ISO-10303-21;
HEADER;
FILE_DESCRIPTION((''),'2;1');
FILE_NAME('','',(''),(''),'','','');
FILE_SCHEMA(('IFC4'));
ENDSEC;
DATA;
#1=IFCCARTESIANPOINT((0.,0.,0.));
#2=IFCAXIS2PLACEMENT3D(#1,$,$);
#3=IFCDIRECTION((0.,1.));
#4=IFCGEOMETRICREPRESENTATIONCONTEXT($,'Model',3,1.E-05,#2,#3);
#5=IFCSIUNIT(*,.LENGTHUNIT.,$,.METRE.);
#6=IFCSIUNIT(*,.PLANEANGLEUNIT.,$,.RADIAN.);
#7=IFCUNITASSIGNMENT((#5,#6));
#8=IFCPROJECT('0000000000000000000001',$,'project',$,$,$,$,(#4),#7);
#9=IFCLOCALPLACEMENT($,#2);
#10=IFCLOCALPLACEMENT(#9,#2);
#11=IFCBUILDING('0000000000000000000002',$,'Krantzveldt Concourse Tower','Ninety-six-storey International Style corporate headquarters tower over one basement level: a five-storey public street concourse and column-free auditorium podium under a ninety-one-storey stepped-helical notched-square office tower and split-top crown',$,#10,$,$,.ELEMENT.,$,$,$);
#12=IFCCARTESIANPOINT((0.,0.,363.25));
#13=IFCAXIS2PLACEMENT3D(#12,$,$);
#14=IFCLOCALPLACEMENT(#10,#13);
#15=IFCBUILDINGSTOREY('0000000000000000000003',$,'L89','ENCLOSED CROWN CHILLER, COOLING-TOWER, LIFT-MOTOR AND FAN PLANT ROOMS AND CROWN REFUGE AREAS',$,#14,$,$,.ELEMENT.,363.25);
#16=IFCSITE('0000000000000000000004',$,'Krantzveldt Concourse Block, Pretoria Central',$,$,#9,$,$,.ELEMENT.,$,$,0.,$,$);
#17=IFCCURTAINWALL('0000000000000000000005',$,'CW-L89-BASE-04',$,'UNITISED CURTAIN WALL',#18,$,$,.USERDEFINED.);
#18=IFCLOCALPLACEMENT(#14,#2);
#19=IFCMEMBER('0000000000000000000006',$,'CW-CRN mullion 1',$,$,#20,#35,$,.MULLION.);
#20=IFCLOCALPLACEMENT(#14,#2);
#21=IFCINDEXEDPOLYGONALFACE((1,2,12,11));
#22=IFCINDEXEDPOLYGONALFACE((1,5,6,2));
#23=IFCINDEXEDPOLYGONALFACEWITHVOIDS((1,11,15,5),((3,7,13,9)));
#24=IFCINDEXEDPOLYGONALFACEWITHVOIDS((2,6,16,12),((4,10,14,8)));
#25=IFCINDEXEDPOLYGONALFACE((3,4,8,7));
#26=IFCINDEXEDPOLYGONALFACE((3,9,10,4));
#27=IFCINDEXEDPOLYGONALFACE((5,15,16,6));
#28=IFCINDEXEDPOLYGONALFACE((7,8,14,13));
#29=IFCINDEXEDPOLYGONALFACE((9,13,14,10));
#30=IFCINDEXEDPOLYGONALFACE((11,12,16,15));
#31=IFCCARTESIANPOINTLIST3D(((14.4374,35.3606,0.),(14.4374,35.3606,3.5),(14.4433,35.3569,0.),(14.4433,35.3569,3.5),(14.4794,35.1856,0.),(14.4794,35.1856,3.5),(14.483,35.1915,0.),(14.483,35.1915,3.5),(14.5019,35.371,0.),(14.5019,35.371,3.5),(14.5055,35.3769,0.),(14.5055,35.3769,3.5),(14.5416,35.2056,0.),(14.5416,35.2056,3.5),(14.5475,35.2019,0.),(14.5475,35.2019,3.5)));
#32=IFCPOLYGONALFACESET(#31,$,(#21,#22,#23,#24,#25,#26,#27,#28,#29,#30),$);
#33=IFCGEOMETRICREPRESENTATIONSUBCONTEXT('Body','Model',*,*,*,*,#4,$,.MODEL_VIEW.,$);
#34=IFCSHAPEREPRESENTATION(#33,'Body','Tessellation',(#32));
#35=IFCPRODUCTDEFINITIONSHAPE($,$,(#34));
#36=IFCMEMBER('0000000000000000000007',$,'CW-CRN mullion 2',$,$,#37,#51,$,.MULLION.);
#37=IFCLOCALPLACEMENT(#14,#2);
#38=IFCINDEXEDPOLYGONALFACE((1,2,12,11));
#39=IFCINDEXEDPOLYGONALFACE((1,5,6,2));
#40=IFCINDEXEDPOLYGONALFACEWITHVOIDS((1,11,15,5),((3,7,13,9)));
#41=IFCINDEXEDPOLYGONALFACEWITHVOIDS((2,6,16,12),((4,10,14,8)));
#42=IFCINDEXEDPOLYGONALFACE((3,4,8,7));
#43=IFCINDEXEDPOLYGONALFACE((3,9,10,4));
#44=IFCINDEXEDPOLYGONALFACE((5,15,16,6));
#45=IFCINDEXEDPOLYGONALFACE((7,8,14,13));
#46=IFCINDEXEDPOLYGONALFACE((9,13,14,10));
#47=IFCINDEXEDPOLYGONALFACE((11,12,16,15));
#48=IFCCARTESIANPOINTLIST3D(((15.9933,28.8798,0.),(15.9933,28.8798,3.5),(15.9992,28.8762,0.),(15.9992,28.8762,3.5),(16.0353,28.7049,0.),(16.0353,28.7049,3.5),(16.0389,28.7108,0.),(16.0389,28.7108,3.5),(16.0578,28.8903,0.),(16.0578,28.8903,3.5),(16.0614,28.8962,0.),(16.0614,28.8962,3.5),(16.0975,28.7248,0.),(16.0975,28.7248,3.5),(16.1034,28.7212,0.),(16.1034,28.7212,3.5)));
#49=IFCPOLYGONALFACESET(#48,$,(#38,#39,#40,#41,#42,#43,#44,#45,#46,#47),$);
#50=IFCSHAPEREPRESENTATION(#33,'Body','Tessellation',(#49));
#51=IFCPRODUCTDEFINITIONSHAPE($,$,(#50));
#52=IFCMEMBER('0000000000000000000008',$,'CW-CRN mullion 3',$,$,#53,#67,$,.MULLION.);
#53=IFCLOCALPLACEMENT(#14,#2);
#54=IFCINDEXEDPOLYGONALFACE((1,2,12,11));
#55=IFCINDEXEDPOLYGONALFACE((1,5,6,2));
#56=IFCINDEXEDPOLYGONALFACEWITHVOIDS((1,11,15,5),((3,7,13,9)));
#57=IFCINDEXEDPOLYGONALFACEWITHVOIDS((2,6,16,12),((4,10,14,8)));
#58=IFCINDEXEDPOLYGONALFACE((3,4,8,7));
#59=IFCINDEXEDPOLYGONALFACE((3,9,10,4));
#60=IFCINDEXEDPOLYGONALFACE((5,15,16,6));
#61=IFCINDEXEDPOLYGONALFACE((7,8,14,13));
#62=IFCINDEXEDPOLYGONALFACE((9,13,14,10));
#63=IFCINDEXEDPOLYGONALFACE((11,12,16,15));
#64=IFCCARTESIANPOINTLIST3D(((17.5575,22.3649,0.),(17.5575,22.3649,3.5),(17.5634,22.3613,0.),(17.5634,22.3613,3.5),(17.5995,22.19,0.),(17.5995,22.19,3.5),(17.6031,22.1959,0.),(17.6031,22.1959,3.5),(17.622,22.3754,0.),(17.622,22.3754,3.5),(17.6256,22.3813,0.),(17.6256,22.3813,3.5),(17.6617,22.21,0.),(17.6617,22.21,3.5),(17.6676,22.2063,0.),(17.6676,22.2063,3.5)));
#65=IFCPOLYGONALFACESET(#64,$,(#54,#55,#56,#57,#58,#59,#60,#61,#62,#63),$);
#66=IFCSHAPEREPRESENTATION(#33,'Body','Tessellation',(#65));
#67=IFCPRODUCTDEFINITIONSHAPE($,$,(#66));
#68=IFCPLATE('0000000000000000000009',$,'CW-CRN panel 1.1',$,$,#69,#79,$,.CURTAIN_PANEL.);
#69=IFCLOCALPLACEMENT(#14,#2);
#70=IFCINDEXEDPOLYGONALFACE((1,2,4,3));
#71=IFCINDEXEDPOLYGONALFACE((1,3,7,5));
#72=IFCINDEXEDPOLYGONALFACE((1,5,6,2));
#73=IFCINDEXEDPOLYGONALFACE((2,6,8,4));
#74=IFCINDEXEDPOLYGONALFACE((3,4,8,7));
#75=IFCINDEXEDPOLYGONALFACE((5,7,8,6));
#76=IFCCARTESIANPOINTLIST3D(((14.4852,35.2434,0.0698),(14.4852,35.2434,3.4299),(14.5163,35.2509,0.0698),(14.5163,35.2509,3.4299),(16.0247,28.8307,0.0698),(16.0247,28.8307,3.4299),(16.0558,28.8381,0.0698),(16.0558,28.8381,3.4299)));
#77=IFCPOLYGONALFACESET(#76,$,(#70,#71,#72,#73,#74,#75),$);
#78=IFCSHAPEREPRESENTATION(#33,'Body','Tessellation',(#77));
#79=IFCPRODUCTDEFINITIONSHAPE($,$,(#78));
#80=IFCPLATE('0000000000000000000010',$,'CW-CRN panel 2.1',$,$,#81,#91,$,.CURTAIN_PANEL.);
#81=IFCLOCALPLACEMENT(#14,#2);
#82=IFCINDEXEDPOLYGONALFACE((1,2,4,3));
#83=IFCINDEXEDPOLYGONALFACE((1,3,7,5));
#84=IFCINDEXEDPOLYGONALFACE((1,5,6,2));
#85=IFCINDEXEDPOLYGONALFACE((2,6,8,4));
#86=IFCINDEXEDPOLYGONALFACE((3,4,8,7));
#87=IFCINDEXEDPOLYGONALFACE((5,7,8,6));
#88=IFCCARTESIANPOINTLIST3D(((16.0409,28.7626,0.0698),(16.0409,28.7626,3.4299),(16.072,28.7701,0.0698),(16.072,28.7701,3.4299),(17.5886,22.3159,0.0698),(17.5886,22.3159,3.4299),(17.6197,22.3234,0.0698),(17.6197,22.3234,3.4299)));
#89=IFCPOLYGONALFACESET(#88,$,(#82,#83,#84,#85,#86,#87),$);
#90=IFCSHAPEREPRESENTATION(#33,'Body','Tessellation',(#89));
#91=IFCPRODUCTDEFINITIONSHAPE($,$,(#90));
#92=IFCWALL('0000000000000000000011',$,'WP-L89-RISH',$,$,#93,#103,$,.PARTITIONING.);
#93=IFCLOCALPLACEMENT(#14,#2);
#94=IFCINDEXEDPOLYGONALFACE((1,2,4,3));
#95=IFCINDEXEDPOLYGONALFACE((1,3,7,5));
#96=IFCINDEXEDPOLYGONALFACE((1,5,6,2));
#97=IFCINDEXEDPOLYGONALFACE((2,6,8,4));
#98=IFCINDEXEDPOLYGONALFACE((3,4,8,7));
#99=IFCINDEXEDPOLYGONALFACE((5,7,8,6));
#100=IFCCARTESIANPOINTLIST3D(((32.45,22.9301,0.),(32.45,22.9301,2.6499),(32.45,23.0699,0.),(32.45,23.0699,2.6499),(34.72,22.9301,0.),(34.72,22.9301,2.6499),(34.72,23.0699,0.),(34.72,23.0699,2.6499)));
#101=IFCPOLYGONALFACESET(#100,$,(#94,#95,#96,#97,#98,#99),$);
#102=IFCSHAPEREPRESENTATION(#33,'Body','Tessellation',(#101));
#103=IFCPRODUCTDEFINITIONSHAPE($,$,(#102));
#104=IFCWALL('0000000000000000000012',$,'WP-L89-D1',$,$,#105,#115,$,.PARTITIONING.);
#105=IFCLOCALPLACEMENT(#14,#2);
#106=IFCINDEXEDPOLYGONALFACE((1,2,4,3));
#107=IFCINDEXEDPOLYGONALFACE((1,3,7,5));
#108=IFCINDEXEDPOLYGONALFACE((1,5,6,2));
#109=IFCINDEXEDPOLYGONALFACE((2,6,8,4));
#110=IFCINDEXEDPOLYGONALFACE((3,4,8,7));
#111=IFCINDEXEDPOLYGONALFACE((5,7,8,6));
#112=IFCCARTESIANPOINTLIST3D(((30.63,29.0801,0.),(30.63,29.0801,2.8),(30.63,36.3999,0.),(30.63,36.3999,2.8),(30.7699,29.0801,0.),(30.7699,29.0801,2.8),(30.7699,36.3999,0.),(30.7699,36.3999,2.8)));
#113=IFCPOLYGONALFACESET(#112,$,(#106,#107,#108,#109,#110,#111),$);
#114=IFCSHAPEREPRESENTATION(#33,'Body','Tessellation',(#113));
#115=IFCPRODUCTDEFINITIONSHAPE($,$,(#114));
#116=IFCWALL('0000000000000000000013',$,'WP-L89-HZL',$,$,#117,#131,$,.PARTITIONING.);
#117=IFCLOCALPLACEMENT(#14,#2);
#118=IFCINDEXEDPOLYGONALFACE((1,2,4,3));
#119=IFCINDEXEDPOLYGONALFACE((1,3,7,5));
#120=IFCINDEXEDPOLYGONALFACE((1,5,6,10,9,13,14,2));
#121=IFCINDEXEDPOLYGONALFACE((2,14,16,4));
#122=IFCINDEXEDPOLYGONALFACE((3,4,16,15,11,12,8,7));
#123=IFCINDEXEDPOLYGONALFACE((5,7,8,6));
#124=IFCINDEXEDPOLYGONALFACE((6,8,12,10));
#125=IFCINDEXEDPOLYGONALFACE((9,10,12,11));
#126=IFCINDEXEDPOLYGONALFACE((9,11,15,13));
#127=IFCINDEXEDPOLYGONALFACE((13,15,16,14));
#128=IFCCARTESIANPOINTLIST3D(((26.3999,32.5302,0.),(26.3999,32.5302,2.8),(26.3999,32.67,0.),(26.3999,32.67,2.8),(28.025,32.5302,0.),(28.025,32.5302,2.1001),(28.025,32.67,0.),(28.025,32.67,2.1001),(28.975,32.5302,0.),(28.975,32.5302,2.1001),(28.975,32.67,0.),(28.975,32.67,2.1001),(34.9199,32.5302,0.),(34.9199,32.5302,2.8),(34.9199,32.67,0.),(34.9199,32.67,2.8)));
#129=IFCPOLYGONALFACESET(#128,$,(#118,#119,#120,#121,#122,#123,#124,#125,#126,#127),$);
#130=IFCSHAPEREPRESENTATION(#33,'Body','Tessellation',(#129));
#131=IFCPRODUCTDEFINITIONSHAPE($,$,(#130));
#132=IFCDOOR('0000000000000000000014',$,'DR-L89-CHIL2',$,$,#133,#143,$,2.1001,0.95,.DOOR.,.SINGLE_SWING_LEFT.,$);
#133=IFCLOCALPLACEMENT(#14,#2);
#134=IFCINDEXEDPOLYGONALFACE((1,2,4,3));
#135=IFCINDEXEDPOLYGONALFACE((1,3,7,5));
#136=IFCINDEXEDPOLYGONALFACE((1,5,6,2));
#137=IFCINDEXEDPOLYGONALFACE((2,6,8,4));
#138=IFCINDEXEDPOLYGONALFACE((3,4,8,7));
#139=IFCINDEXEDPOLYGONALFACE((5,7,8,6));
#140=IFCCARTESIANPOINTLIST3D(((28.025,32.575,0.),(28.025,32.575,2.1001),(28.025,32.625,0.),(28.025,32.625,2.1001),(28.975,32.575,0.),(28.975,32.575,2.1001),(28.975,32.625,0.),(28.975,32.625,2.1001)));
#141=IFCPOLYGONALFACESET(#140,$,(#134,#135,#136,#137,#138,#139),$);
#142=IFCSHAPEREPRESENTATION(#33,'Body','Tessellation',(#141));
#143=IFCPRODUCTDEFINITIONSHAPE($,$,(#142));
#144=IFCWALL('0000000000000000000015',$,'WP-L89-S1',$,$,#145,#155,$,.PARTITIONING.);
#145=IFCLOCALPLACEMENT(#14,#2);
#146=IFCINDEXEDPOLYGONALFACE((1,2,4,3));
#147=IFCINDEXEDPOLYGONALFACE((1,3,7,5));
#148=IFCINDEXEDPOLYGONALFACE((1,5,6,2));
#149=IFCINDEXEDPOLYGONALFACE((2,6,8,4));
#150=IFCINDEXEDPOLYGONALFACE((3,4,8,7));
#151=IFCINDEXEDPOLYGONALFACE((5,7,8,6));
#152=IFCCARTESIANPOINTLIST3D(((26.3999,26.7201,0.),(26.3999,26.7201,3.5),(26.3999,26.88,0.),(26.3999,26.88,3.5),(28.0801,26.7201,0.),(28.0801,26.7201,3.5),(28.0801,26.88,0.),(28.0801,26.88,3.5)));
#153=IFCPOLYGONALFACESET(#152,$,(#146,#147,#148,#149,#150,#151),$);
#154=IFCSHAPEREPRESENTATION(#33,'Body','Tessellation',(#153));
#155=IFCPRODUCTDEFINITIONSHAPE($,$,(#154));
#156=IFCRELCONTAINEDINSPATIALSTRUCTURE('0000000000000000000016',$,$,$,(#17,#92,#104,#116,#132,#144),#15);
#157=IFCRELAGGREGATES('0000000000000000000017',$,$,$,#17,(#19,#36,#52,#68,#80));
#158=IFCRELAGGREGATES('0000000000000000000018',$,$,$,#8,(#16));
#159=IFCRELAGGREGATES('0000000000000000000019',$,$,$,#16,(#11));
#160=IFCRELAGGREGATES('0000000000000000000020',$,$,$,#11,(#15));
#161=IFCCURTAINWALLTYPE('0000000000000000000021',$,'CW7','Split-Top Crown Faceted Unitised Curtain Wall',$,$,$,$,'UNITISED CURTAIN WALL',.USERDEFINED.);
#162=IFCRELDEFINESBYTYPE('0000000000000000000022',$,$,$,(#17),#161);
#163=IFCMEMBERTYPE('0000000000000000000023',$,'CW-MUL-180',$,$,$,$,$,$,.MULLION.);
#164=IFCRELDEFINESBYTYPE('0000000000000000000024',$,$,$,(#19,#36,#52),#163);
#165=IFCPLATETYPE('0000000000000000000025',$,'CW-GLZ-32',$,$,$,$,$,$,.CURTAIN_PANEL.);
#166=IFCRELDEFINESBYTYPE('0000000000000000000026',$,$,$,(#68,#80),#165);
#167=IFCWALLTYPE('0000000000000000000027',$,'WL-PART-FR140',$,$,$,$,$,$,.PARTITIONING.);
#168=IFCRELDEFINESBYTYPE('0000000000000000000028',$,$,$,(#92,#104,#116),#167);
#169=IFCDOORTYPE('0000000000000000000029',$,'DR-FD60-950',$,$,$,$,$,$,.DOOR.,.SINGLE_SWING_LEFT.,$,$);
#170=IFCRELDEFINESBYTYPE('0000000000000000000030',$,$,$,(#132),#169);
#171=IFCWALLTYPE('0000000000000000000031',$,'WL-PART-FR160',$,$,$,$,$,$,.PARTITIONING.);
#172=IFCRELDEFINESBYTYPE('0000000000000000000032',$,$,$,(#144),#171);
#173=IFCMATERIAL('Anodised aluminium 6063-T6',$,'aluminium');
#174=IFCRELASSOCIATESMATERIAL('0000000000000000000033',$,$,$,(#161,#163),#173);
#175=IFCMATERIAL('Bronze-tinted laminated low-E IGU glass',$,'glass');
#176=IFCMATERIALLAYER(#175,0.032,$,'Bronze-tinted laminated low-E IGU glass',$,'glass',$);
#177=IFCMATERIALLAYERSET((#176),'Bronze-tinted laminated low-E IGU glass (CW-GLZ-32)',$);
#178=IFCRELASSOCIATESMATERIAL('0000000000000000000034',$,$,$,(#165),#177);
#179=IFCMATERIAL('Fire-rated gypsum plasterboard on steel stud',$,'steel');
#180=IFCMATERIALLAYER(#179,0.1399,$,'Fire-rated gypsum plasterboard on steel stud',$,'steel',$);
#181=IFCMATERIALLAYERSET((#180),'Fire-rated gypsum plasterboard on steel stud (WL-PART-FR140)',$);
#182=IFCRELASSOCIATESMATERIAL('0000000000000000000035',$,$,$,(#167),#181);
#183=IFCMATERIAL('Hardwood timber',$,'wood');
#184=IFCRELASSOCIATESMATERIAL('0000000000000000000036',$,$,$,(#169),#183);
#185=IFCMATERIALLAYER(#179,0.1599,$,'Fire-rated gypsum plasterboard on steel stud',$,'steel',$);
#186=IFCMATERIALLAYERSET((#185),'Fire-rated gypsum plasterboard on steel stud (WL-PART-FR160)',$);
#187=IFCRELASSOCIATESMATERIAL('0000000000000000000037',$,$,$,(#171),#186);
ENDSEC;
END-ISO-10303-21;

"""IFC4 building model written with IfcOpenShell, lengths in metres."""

from ifc_helpers import new_model, si_unit, direction, frame, frame_2d, origin, origin_2d, place, context, subcontext, project, spatial, rectangle, hollow_rectangle, extrude, source, transform, mapped, material, layer, layer_set, material_profile, profile_set, type_object, type_shapes, element, fill, aggregate, save


model = new_model("IFC4")

# Units and contexts
model_context = context("Model", 3, precision=1e-05, world=origin(), true_north=direction((0.0, 1.0)))
body_context = subcontext(model_context, "Body", "Model", "MODEL_VIEW")
ifc_project = project(units=[si_unit("LENGTHUNIT", "METRE"), si_unit("PLANEANGLEUNIT", "RADIAN")], contexts=[model_context])

# Site, building, storey
site_placement = place(None, origin())
site = spatial("IfcSite", under=ifc_project, at=site_placement, Name="Krantzveldt Concourse Block, Pretoria Central", CompositionType="ELEMENT", RefElevation=0.0)
building_placement = place(site_placement, origin())
building = spatial("IfcBuilding", under=site, at=building_placement, Name="Krantzveldt Concourse Tower", Description="Ninety-six-storey International Style corporate headquarters tower over one basement level: a five-storey public street concourse and column-free auditorium podium under a ninety-one-storey stepped-helical notched-square office tower and split-top crown", CompositionType="ELEMENT")
storey_placement = place(building_placement, frame((0.0, 0.0, 363.25)))
storey = spatial("IfcBuildingStorey", under=building, at=storey_placement, Name="L89", Description="ENCLOSED CROWN CHILLER, COOLING-TOWER, LIFT-MOTOR AND FAN PLANT ROOMS AND CROWN REFUGE AREAS", CompositionType="ELEMENT", Elevation=363.25)

# Curtain wall
ifc_material_1 = material(Name="Anodised aluminium 6063-T6", Category="aluminium")
curtain_wall_type = type_object("IfcCurtainWallType", Name="CW7", Description="Split-Top Crown Faceted Unitised Curtain Wall", ElementType="UNITISED CURTAIN WALL", PredefinedType="USERDEFINED", material=ifc_material_1)
curtain_wall_1_placement = place(storey_placement, origin())
curtain_wall_1 = element("IfcCurtainWall", 1, at=curtain_wall_1_placement, inside=storey, type_object=curtain_wall_type, Name="CW-L89-BASE-04", ObjectType="UNITISED CURTAIN WALL", PredefinedType="USERDEFINED")

# Shared definitions
ifc_material_profile_1 = material_profile(ifc_material_1, hollow_rectangle(XDim=0.0701, YDim=0.1799, WallThickness=0.0049, at=origin_2d()), Name="Anodised aluminium 6063-T6", Category="aluminium")
ifc_profile_set_1 = profile_set([ifc_material_profile_1], Name="Anodised aluminium 6063-T6 - ALU-MULL 180x70x5")
member_type_1 = type_object("IfcMemberType", Name="CW-MUL-180", PredefinedType="MULLION", material=ifc_profile_set_1)
shared_shape_1 = source(origin(), body_context, "Body", "SweptSolid", [
    extrude(hollow_rectangle(XDim=0.0701, YDim=0.1799, WallThickness=0.0049, at=origin_2d()), origin(), (0.0, 0.0, 1.0), 3.5),
])
type_shapes(member_type_1, [shared_shape_1])

# Members
member_1_placement = place(storey_placement, frame((14.4924, 35.2812, 0.0), z_axis=(0.0, 0.0, 1.0), x_axis=(0.97237, 0.233445, 0.0)))
member_1 = element("IfcMember", 2, at=member_1_placement, type_object=member_type_1, Name="CW-CRN mullion 1", PredefinedType="MULLION", context=body_context, shape_type="MappedRepresentation", body=[
    mapped(shared_shape_1, transform((0.0, 0.0, 0.0), x_axis=(1.0, 0.0, 0.0), y_axis=(0.0, 1.0, 0.0), z_axis=(0.0, 0.0, 1.0), scale=1.0)),
])
member_2_placement = place(storey_placement, frame((16.0483, 28.8005, 0.0), z_axis=(0.0, 0.0, 1.0), x_axis=(0.97237, 0.233445, 0.0)))
member_2 = element("IfcMember", 3, at=member_2_placement, type_object=member_type_1, Name="CW-CRN mullion 2", PredefinedType="MULLION", context=body_context, shape_type="MappedRepresentation", body=[
    mapped(shared_shape_1, transform((0.0, 0.0, 0.0), x_axis=(1.0, 0.0, 0.0), y_axis=(0.0, 1.0, 0.0), z_axis=(0.0, 0.0, 1.0), scale=1.0)),
])
member_3_placement = place(storey_placement, frame((17.6125, 22.2856, 0.0), z_axis=(0.0, 0.0, 1.0), x_axis=(0.97237, 0.233445, 0.0)))
member_3 = element("IfcMember", 4, at=member_3_placement, type_object=member_type_1, Name="CW-CRN mullion 3", PredefinedType="MULLION", context=body_context, shape_type="MappedRepresentation", body=[
    mapped(shared_shape_1, transform((0.0, 0.0, 0.0), x_axis=(1.0, 0.0, 0.0), y_axis=(0.0, 1.0, 0.0), z_axis=(0.0, 0.0, 1.0), scale=1.0)),
])

# Plates
ifc_material_2 = material(Name="Bronze-tinted laminated low-E IGU glass", Category="glass")
ifc_layer_1 = layer(ifc_material_2, 0.032, Name="Bronze-tinted laminated low-E IGU glass", Category="glass")
ifc_layer_set_1 = layer_set([ifc_layer_1], Name="Bronze-tinted laminated low-E IGU glass (CW-GLZ-32)")
plate_type = type_object("IfcPlateType", Name="CW-GLZ-32", PredefinedType="CURTAIN_PANEL", material=ifc_layer_set_1)
shared_shape_2 = source(origin(), body_context, "Body", "SweptSolid", [
    extrude(rectangle(XDim=6.595, YDim=0.032, at=origin_2d()), origin(), (0.0, 0.0, 1.0), 3.3601),
])
plate_1_placement = place(storey_placement, frame((15.2705, 32.0408, 0.0698), z_axis=(0.0, 0.0, 1.0), x_axis=(0.233445, -0.97237, 0.0)))
plate_1 = element("IfcPlate", 5, at=plate_1_placement, type_object=plate_type, Name="CW-CRN panel 1.1", PredefinedType="CURTAIN_PANEL", context=body_context, shape_type="MappedRepresentation", body=[
    mapped(shared_shape_2, transform((0.0, 0.0, 0.0), x_axis=(1.0, 0.0, 0.0), y_axis=(0.0, 1.0, 0.0), z_axis=(0.0, 0.0, 1.0), scale=1.0)),
])
shared_shape_3 = source(origin(), body_context, "Body", "SweptSolid", [
    extrude(rectangle(XDim=6.6299, YDim=0.032, at=origin_2d()), origin(), (0.0, 0.0, 1.0), 3.3601),
])
type_shapes(plate_type, [shared_shape_2, shared_shape_3])
plate_2_placement = place(storey_placement, frame((16.8303, 25.543, 0.0698), z_axis=(0.0, 0.0, 1.0), x_axis=(0.233445, -0.97237, 0.0)))
plate_2 = element("IfcPlate", 6, at=plate_2_placement, type_object=plate_type, Name="CW-CRN panel 2.1", PredefinedType="CURTAIN_PANEL", context=body_context, shape_type="MappedRepresentation", body=[
    mapped(shared_shape_3, transform((0.0, 0.0, 0.0), x_axis=(1.0, 0.0, 0.0), y_axis=(0.0, 1.0, 0.0), z_axis=(0.0, 0.0, 1.0), scale=1.0)),
])
aggregate(curtain_wall_1, [member_1, member_2, member_3, plate_1, plate_2])

# Walls
ifc_material_3 = material(Name="Fire-rated gypsum plasterboard on steel stud", Category="steel")
ifc_layer_2 = layer(ifc_material_3, 0.1399, Name="Fire-rated gypsum plasterboard on steel stud", Category="steel")
ifc_layer_set_2 = layer_set([ifc_layer_2], Name="Fire-rated gypsum plasterboard on steel stud (WL-PART-FR140)")
wall_type_1 = type_object("IfcWallType", Name="WL-PART-FR140", PredefinedType="PARTITIONING", material=ifc_layer_set_2)
wall_1_placement = place(storey_placement, frame((32.45, 23.0, 0.0), z_axis=(0.0, 0.0, 1.0), x_axis=(1.0, 0.0, 0.0)))
element("IfcWall", 7, at=wall_1_placement, inside=storey, type_object=wall_type_1, Name="WP-L89-RISH", PredefinedType="PARTITIONING", context=body_context, shape_type="SweptSolid", body=[
    extrude(rectangle(XDim=2.27, YDim=0.1399, at=frame_2d((1.135, 0.0))), origin(), (0.0, 0.0, 1.0), 2.6499),
])
wall_2_placement = place(storey_placement, frame((30.7, 29.0801, 0.0), z_axis=(0.0, 0.0, 1.0), x_axis=(0.0, 1.0, 0.0)))
element("IfcWall", 8, at=wall_2_placement, inside=storey, type_object=wall_type_1, Name="WP-L89-D1", PredefinedType="PARTITIONING", context=body_context, shape_type="SweptSolid", body=[
    extrude(rectangle(XDim=7.3198, YDim=0.1399, at=frame_2d((3.6599, 0.0))), origin(), (0.0, 0.0, 1.0), 2.8),
])

# Wall, opening, door
wall_3_placement = place(storey_placement, frame((26.3999, 32.6001, 0.0), z_axis=(0.0, 0.0, 1.0), x_axis=(1.0, 0.0, 0.0)))
wall_3 = element("IfcWall", 9, at=wall_3_placement, inside=storey, type_object=wall_type_1, Name="WP-L89-HZL", PredefinedType="PARTITIONING", context=body_context, shape_type="SweptSolid", body=[
    extrude(rectangle(XDim=8.52, YDim=0.1399, at=frame_2d((4.26, 0.0))), origin(), (0.0, 0.0, 1.0), 2.8),
])
opening_1_placement = place(wall_3_placement, frame((1.625, 0.0, 0.0)))
opening_1 = element("IfcOpeningElement", 10, at=opening_1_placement, cuts=wall_3, PredefinedType="OPENING", context=body_context, shape_type="SweptSolid", body=[
    extrude(rectangle(XDim=0.95, YDim=2.1001, at=frame_2d((0.4751, 1.05))), frame((0.0, 0.0801, 0.0), z_axis=(0.0, -1.0, 0.0), x_axis=(1.0, 0.0, 0.0)), (0.0, 0.0, 1.0), 0.1599),
])
ifc_material_4 = material(Name="Hardwood timber", Category="wood")
door_type_1 = type_object("IfcDoorType", Name="DR-FD60-950", OperationType="SINGLE_SWING_LEFT", PredefinedType="DOOR", material=ifc_material_4)
door_1_placement = place(opening_1_placement, origin())
door_1 = element("IfcDoor", 11, at=door_1_placement, inside=storey, type_object=door_type_1, Name="DR-L89-CHIL2", OperationType="SINGLE_SWING_LEFT", OverallHeight=2.1001, OverallWidth=0.95, PredefinedType="DOOR", context=body_context, shape_type="SweptSolid", body=[
    extrude(rectangle(XDim=0.95, YDim=2.1001, at=frame_2d((0.4751, 1.05))), frame((0.0, 0.0249, 0.0), z_axis=(0.0, -1.0, 0.0), x_axis=(1.0, 0.0, 0.0)), (0.0, 0.0, 1.0), 0.05),
])
fill(opening_1, door_1)

# Wall
ifc_layer_3 = layer(ifc_material_3, 0.1599, Name="Fire-rated gypsum plasterboard on steel stud", Category="steel")
ifc_layer_set_3 = layer_set([ifc_layer_3], Name="Fire-rated gypsum plasterboard on steel stud (WL-PART-FR160)")
wall_type_2 = type_object("IfcWallType", Name="WL-PART-FR160", PredefinedType="PARTITIONING", material=ifc_layer_set_3)
wall_4_placement = place(storey_placement, frame((26.3999, 26.8, 0.0), z_axis=(0.0, 0.0, 1.0), x_axis=(1.0, 0.0, 0.0)))
element("IfcWall", 12, at=wall_4_placement, inside=storey, type_object=wall_type_2, Name="WP-L89-S1", PredefinedType="PARTITIONING", context=body_context, shape_type="SweptSolid", body=[
    extrude(rectangle(XDim=1.6802, YDim=0.1599, at=frame_2d((0.8401, 0.0))), origin(), (0.0, 0.0, 1.0), 3.5),
])

save(model, "model.ifc")
